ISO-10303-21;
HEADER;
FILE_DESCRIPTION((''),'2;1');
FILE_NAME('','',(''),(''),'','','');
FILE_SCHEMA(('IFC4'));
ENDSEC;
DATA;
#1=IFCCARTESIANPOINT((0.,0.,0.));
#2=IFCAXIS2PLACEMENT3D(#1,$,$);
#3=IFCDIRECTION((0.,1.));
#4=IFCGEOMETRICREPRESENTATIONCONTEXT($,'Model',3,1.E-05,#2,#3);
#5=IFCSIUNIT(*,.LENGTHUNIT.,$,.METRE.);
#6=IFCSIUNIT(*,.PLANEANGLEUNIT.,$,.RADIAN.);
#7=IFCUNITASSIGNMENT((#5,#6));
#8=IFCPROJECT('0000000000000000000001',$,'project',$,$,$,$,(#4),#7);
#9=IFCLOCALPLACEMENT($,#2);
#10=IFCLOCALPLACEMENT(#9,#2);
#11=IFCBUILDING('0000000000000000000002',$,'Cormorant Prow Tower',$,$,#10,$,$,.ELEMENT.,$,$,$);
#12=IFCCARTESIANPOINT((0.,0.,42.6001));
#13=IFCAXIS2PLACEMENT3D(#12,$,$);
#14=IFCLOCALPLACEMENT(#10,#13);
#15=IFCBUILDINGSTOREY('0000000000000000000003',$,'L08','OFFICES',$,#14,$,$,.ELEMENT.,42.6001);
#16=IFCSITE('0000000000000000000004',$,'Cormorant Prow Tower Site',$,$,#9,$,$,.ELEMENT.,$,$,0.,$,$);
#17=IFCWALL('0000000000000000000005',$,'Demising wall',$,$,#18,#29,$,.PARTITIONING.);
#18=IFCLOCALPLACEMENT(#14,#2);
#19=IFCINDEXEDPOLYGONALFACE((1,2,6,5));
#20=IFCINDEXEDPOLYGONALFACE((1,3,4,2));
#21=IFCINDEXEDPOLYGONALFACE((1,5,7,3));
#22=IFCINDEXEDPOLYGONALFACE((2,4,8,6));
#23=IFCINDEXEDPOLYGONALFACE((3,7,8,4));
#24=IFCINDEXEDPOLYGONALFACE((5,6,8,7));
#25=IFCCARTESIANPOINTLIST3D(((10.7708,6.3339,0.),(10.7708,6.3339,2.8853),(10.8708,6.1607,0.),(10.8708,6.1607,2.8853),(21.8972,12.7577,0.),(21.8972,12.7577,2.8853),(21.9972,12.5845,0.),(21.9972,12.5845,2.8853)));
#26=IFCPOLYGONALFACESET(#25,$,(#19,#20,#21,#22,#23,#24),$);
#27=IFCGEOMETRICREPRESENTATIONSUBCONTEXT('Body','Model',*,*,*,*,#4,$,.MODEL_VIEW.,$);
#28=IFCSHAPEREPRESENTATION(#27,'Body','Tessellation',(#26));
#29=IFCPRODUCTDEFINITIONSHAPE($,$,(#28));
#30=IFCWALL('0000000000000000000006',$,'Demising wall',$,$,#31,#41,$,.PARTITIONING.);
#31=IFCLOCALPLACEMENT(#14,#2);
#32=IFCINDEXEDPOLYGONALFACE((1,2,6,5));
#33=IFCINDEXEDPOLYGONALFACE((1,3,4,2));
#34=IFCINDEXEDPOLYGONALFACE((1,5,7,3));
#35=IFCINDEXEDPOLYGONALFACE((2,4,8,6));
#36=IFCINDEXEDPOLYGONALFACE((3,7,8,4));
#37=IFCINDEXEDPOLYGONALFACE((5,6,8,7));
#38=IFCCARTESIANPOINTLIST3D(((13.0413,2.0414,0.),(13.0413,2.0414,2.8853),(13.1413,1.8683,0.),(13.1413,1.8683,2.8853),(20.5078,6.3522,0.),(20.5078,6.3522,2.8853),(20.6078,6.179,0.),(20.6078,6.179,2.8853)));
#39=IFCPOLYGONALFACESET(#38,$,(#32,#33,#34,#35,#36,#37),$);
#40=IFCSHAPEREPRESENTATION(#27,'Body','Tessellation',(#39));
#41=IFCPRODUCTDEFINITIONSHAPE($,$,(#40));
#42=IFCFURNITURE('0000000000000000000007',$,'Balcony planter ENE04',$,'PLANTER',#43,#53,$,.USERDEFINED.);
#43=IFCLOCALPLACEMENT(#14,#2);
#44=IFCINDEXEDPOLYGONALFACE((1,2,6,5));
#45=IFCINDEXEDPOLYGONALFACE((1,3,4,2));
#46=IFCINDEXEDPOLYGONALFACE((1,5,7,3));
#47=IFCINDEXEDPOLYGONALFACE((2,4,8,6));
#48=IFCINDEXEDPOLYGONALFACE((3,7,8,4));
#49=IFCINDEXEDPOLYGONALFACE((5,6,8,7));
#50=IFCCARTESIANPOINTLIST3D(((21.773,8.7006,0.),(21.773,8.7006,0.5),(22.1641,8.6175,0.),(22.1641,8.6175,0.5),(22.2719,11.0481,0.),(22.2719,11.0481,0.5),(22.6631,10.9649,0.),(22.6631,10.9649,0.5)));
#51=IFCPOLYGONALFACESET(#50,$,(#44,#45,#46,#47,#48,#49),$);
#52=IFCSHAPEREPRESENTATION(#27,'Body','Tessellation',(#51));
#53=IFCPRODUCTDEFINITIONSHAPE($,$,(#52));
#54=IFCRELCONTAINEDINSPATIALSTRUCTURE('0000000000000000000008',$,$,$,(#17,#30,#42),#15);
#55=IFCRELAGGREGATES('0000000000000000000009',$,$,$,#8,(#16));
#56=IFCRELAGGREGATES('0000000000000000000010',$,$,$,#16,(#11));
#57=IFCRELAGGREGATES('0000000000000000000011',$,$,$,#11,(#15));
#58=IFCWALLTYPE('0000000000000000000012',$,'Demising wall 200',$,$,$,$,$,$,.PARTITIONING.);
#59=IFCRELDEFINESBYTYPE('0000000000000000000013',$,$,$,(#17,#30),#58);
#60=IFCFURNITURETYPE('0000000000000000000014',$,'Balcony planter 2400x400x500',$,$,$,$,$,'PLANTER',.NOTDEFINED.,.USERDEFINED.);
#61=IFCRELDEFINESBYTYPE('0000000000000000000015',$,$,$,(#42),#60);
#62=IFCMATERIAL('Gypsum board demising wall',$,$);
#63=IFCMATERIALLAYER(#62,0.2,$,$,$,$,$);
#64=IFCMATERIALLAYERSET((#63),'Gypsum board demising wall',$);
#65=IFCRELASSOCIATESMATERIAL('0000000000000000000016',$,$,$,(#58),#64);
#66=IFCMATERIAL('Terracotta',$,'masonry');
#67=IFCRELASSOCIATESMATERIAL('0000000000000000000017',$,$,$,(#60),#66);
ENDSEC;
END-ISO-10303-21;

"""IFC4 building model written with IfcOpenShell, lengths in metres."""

from ifc_helpers import new_model, si_unit, direction, frame, frame_2d, origin, origin_2d, place, context, subcontext, project, spatial, rectangle, extrude, material, layer, layer_set, type_object, element, save


model = new_model("IFC4")

# Units and contexts
model_context = context("Model", 3, precision=1e-05, world=origin(), true_north=direction((0.0, 1.0)))
body_context = subcontext(model_context, "Body", "Model", "MODEL_VIEW")
ifc_project = project(units=[si_unit("LENGTHUNIT", "METRE"), si_unit("PLANEANGLEUNIT", "RADIAN")], contexts=[model_context])

# Site, building, storey
site_placement = place(None, origin())
site = spatial("IfcSite", under=ifc_project, at=site_placement, Name="Cormorant Prow Tower Site", CompositionType="ELEMENT", RefElevation=0.0)
building_placement = place(site_placement, origin())
building = spatial("IfcBuilding", under=site, at=building_placement, Name="Cormorant Prow Tower", CompositionType="ELEMENT")
storey_placement = place(building_placement, frame((0.0, 0.0, 42.6001)))
storey = spatial("IfcBuildingStorey", under=building, at=storey_placement, Name="L08", Description="OFFICES", CompositionType="ELEMENT", Elevation=42.6001)

# Walls
ifc_material_1 = material(Name="Gypsum board demising wall")
ifc_layer_1 = layer(ifc_material_1, 0.2)
ifc_layer_set_1 = layer_set([ifc_layer_1], Name="Gypsum board demising wall")
wall_type_1 = type_object("IfcWallType", Name="Demising wall 200", PredefinedType="PARTITIONING", material=ifc_layer_set_1)
wall_1_placement = place(storey_placement, frame((10.8208, 6.2473, 0.0), z_axis=(0.0, 0.0, 1.0), x_axis=(0.866027, 0.499998, 0.0)))
element("IfcWall", 1, at=wall_1_placement, inside=storey, type_object=wall_type_1, Name="Demising wall", PredefinedType="PARTITIONING", context=body_context, shape_type="SweptSolid", body=[
    extrude(rectangle(XDim=12.8477, YDim=0.2, at=frame_2d((6.4238, 0.0))), origin(), (0.0, 0.0, 1.0), 2.8853),
])
wall_2_placement = place(storey_placement, frame((13.0913, 1.9548, 0.0), z_axis=(0.0, 0.0, 1.0), x_axis=(0.866027, 0.499998, 0.0)))
element("IfcWall", 2, at=wall_2_placement, inside=storey, type_object=wall_type_1, Name="Demising wall", PredefinedType="PARTITIONING", context=body_context, shape_type="SweptSolid", body=[
    extrude(rectangle(XDim=8.6216, YDim=0.2, at=frame_2d((4.3108, 0.0))), origin(), (0.0, 0.0, 1.0), 2.8853),
])

# Furniture
ifc_material_2 = material(Name="Terracotta", Category="masonry")
furniture_type = type_object("IfcFurnitureType", Name="Balcony planter 2400x400x500", ElementType="PLANTER", AssemblyPlace="NOTDEFINED", PredefinedType="USERDEFINED", material=ifc_material_2)
furniture_placement = place(storey_placement, frame((22.218, 9.8328, 0.0), z_axis=(0.0, 0.0, 1.0), x_axis=(0.207912, 0.978148, 0.0)))
element("IfcFurniture", 3, at=furniture_placement, inside=storey, type_object=furniture_type, Name="Balcony planter ENE04", ObjectType="PLANTER", PredefinedType="USERDEFINED", context=body_context, shape_type="SweptSolid", body=[
    extrude(rectangle(XDim=2.3999, YDim=0.3999, at=origin_2d()), origin(), (0.0, 0.0, 1.0), 0.5),
])

save(model, "model.ifc")
